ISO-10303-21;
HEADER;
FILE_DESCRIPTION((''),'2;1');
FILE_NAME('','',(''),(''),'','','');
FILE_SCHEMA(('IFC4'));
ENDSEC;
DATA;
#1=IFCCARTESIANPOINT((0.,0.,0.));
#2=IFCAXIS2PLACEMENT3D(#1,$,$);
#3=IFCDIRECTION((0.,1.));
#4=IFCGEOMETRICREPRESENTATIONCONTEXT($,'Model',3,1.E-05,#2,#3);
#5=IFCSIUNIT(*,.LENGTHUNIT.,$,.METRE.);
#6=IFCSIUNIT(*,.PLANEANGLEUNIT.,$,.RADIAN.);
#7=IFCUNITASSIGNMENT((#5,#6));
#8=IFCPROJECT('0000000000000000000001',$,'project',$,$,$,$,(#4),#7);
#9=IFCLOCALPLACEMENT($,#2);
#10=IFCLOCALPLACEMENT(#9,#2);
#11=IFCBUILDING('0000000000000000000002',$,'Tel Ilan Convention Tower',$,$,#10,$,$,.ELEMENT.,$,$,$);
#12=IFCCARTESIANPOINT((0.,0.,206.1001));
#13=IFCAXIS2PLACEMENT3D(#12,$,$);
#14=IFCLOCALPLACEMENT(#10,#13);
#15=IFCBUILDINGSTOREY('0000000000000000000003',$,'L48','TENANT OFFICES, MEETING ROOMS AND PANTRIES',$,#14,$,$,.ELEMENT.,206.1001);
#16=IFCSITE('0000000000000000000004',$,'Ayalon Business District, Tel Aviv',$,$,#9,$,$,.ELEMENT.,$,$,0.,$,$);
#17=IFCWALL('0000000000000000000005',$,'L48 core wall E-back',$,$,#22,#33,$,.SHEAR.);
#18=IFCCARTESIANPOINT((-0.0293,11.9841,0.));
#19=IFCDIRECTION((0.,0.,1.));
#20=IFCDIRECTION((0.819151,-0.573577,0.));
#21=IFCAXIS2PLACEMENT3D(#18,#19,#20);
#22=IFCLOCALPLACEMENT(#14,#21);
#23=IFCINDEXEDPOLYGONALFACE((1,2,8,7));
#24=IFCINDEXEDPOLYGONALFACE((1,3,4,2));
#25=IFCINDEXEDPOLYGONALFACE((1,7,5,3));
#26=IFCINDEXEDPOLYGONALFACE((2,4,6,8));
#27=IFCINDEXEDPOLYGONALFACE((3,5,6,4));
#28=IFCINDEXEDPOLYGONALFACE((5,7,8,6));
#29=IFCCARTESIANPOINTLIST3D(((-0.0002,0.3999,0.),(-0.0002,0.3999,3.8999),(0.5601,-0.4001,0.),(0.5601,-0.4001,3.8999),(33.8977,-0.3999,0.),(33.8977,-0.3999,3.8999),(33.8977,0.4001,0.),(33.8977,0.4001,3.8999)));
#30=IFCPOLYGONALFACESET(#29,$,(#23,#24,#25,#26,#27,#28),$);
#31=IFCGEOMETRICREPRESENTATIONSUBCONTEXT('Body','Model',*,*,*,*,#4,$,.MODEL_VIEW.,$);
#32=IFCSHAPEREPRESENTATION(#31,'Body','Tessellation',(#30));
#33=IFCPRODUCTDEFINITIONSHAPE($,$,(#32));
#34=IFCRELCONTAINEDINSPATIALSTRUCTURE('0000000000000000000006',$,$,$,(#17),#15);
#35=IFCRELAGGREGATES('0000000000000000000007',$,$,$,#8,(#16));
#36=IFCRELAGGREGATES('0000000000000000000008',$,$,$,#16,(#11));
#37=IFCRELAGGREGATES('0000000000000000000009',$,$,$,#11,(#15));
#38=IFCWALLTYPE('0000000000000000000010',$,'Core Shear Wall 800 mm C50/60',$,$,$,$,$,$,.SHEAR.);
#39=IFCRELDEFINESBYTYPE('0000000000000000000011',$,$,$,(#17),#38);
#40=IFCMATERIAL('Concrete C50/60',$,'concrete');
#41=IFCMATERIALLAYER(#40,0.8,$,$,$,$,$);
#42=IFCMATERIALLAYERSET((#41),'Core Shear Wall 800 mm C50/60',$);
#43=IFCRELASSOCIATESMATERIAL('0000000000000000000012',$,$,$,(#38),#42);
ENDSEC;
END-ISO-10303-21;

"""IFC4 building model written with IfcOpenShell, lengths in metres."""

from ifc_helpers import new_model, si_unit, direction, frame, origin, place, context, subcontext, project, spatial, polyline, outline, extrude, material, layer, layer_set, type_object, element, save


model = new_model("IFC4")

# Units and contexts
model_context = context("Model", 3, precision=1e-05, world=origin(), true_north=direction((0.0, 1.0)))
body_context = subcontext(model_context, "Body", "Model", "MODEL_VIEW")
ifc_project = project(units=[si_unit("LENGTHUNIT", "METRE"), si_unit("PLANEANGLEUNIT", "RADIAN")], contexts=[model_context])

# Site, building, storey
site_placement = place(None, origin())
site = spatial("IfcSite", under=ifc_project, at=site_placement, Name="Ayalon Business District, Tel Aviv", CompositionType="ELEMENT", RefElevation=0.0)
building_placement = place(site_placement, origin())
building = spatial("IfcBuilding", under=site, at=building_placement, Name="Tel Ilan Convention Tower", CompositionType="ELEMENT")
storey_placement = place(building_placement, frame((0.0, 0.0, 206.1001)))
storey = spatial("IfcBuildingStorey", under=building, at=storey_placement, Name="L48", Description="TENANT OFFICES, MEETING ROOMS AND PANTRIES", CompositionType="ELEMENT", Elevation=206.1001)

# Wall
ifc_material_1 = material(Name="Concrete C50/60", Category="concrete")
ifc_layer_1 = layer(ifc_material_1, 0.8)
ifc_layer_set_1 = layer_set([ifc_layer_1], Name="Core Shear Wall 800 mm C50/60")
wall_type_1 = type_object("IfcWallType", Name="Core Shear Wall 800 mm C50/60", PredefinedType="SHEAR", material=ifc_layer_set_1)
wall_1_placement = place(storey_placement, frame((-0.0293, 11.9841, 0.0), z_axis=(0.0, 0.0, 1.0), x_axis=(0.819151, -0.573577, 0.0)))
element("IfcWall", 1, at=wall_1_placement, inside=storey, type_object=wall_type_1, Name="L48 core wall E-back", PredefinedType="SHEAR", context=body_context, shape_type="SweptSolid", body=[
    extrude(outline(polyline([(33.8977, 0.4001), (-0.0002, 0.3999), (0.5601, -0.4001), (33.8977, -0.3999), (33.8977, 0.4001)])), origin(), (0.0, 0.0, 1.0), 3.8999),
])

save(model, "model.ifc")
